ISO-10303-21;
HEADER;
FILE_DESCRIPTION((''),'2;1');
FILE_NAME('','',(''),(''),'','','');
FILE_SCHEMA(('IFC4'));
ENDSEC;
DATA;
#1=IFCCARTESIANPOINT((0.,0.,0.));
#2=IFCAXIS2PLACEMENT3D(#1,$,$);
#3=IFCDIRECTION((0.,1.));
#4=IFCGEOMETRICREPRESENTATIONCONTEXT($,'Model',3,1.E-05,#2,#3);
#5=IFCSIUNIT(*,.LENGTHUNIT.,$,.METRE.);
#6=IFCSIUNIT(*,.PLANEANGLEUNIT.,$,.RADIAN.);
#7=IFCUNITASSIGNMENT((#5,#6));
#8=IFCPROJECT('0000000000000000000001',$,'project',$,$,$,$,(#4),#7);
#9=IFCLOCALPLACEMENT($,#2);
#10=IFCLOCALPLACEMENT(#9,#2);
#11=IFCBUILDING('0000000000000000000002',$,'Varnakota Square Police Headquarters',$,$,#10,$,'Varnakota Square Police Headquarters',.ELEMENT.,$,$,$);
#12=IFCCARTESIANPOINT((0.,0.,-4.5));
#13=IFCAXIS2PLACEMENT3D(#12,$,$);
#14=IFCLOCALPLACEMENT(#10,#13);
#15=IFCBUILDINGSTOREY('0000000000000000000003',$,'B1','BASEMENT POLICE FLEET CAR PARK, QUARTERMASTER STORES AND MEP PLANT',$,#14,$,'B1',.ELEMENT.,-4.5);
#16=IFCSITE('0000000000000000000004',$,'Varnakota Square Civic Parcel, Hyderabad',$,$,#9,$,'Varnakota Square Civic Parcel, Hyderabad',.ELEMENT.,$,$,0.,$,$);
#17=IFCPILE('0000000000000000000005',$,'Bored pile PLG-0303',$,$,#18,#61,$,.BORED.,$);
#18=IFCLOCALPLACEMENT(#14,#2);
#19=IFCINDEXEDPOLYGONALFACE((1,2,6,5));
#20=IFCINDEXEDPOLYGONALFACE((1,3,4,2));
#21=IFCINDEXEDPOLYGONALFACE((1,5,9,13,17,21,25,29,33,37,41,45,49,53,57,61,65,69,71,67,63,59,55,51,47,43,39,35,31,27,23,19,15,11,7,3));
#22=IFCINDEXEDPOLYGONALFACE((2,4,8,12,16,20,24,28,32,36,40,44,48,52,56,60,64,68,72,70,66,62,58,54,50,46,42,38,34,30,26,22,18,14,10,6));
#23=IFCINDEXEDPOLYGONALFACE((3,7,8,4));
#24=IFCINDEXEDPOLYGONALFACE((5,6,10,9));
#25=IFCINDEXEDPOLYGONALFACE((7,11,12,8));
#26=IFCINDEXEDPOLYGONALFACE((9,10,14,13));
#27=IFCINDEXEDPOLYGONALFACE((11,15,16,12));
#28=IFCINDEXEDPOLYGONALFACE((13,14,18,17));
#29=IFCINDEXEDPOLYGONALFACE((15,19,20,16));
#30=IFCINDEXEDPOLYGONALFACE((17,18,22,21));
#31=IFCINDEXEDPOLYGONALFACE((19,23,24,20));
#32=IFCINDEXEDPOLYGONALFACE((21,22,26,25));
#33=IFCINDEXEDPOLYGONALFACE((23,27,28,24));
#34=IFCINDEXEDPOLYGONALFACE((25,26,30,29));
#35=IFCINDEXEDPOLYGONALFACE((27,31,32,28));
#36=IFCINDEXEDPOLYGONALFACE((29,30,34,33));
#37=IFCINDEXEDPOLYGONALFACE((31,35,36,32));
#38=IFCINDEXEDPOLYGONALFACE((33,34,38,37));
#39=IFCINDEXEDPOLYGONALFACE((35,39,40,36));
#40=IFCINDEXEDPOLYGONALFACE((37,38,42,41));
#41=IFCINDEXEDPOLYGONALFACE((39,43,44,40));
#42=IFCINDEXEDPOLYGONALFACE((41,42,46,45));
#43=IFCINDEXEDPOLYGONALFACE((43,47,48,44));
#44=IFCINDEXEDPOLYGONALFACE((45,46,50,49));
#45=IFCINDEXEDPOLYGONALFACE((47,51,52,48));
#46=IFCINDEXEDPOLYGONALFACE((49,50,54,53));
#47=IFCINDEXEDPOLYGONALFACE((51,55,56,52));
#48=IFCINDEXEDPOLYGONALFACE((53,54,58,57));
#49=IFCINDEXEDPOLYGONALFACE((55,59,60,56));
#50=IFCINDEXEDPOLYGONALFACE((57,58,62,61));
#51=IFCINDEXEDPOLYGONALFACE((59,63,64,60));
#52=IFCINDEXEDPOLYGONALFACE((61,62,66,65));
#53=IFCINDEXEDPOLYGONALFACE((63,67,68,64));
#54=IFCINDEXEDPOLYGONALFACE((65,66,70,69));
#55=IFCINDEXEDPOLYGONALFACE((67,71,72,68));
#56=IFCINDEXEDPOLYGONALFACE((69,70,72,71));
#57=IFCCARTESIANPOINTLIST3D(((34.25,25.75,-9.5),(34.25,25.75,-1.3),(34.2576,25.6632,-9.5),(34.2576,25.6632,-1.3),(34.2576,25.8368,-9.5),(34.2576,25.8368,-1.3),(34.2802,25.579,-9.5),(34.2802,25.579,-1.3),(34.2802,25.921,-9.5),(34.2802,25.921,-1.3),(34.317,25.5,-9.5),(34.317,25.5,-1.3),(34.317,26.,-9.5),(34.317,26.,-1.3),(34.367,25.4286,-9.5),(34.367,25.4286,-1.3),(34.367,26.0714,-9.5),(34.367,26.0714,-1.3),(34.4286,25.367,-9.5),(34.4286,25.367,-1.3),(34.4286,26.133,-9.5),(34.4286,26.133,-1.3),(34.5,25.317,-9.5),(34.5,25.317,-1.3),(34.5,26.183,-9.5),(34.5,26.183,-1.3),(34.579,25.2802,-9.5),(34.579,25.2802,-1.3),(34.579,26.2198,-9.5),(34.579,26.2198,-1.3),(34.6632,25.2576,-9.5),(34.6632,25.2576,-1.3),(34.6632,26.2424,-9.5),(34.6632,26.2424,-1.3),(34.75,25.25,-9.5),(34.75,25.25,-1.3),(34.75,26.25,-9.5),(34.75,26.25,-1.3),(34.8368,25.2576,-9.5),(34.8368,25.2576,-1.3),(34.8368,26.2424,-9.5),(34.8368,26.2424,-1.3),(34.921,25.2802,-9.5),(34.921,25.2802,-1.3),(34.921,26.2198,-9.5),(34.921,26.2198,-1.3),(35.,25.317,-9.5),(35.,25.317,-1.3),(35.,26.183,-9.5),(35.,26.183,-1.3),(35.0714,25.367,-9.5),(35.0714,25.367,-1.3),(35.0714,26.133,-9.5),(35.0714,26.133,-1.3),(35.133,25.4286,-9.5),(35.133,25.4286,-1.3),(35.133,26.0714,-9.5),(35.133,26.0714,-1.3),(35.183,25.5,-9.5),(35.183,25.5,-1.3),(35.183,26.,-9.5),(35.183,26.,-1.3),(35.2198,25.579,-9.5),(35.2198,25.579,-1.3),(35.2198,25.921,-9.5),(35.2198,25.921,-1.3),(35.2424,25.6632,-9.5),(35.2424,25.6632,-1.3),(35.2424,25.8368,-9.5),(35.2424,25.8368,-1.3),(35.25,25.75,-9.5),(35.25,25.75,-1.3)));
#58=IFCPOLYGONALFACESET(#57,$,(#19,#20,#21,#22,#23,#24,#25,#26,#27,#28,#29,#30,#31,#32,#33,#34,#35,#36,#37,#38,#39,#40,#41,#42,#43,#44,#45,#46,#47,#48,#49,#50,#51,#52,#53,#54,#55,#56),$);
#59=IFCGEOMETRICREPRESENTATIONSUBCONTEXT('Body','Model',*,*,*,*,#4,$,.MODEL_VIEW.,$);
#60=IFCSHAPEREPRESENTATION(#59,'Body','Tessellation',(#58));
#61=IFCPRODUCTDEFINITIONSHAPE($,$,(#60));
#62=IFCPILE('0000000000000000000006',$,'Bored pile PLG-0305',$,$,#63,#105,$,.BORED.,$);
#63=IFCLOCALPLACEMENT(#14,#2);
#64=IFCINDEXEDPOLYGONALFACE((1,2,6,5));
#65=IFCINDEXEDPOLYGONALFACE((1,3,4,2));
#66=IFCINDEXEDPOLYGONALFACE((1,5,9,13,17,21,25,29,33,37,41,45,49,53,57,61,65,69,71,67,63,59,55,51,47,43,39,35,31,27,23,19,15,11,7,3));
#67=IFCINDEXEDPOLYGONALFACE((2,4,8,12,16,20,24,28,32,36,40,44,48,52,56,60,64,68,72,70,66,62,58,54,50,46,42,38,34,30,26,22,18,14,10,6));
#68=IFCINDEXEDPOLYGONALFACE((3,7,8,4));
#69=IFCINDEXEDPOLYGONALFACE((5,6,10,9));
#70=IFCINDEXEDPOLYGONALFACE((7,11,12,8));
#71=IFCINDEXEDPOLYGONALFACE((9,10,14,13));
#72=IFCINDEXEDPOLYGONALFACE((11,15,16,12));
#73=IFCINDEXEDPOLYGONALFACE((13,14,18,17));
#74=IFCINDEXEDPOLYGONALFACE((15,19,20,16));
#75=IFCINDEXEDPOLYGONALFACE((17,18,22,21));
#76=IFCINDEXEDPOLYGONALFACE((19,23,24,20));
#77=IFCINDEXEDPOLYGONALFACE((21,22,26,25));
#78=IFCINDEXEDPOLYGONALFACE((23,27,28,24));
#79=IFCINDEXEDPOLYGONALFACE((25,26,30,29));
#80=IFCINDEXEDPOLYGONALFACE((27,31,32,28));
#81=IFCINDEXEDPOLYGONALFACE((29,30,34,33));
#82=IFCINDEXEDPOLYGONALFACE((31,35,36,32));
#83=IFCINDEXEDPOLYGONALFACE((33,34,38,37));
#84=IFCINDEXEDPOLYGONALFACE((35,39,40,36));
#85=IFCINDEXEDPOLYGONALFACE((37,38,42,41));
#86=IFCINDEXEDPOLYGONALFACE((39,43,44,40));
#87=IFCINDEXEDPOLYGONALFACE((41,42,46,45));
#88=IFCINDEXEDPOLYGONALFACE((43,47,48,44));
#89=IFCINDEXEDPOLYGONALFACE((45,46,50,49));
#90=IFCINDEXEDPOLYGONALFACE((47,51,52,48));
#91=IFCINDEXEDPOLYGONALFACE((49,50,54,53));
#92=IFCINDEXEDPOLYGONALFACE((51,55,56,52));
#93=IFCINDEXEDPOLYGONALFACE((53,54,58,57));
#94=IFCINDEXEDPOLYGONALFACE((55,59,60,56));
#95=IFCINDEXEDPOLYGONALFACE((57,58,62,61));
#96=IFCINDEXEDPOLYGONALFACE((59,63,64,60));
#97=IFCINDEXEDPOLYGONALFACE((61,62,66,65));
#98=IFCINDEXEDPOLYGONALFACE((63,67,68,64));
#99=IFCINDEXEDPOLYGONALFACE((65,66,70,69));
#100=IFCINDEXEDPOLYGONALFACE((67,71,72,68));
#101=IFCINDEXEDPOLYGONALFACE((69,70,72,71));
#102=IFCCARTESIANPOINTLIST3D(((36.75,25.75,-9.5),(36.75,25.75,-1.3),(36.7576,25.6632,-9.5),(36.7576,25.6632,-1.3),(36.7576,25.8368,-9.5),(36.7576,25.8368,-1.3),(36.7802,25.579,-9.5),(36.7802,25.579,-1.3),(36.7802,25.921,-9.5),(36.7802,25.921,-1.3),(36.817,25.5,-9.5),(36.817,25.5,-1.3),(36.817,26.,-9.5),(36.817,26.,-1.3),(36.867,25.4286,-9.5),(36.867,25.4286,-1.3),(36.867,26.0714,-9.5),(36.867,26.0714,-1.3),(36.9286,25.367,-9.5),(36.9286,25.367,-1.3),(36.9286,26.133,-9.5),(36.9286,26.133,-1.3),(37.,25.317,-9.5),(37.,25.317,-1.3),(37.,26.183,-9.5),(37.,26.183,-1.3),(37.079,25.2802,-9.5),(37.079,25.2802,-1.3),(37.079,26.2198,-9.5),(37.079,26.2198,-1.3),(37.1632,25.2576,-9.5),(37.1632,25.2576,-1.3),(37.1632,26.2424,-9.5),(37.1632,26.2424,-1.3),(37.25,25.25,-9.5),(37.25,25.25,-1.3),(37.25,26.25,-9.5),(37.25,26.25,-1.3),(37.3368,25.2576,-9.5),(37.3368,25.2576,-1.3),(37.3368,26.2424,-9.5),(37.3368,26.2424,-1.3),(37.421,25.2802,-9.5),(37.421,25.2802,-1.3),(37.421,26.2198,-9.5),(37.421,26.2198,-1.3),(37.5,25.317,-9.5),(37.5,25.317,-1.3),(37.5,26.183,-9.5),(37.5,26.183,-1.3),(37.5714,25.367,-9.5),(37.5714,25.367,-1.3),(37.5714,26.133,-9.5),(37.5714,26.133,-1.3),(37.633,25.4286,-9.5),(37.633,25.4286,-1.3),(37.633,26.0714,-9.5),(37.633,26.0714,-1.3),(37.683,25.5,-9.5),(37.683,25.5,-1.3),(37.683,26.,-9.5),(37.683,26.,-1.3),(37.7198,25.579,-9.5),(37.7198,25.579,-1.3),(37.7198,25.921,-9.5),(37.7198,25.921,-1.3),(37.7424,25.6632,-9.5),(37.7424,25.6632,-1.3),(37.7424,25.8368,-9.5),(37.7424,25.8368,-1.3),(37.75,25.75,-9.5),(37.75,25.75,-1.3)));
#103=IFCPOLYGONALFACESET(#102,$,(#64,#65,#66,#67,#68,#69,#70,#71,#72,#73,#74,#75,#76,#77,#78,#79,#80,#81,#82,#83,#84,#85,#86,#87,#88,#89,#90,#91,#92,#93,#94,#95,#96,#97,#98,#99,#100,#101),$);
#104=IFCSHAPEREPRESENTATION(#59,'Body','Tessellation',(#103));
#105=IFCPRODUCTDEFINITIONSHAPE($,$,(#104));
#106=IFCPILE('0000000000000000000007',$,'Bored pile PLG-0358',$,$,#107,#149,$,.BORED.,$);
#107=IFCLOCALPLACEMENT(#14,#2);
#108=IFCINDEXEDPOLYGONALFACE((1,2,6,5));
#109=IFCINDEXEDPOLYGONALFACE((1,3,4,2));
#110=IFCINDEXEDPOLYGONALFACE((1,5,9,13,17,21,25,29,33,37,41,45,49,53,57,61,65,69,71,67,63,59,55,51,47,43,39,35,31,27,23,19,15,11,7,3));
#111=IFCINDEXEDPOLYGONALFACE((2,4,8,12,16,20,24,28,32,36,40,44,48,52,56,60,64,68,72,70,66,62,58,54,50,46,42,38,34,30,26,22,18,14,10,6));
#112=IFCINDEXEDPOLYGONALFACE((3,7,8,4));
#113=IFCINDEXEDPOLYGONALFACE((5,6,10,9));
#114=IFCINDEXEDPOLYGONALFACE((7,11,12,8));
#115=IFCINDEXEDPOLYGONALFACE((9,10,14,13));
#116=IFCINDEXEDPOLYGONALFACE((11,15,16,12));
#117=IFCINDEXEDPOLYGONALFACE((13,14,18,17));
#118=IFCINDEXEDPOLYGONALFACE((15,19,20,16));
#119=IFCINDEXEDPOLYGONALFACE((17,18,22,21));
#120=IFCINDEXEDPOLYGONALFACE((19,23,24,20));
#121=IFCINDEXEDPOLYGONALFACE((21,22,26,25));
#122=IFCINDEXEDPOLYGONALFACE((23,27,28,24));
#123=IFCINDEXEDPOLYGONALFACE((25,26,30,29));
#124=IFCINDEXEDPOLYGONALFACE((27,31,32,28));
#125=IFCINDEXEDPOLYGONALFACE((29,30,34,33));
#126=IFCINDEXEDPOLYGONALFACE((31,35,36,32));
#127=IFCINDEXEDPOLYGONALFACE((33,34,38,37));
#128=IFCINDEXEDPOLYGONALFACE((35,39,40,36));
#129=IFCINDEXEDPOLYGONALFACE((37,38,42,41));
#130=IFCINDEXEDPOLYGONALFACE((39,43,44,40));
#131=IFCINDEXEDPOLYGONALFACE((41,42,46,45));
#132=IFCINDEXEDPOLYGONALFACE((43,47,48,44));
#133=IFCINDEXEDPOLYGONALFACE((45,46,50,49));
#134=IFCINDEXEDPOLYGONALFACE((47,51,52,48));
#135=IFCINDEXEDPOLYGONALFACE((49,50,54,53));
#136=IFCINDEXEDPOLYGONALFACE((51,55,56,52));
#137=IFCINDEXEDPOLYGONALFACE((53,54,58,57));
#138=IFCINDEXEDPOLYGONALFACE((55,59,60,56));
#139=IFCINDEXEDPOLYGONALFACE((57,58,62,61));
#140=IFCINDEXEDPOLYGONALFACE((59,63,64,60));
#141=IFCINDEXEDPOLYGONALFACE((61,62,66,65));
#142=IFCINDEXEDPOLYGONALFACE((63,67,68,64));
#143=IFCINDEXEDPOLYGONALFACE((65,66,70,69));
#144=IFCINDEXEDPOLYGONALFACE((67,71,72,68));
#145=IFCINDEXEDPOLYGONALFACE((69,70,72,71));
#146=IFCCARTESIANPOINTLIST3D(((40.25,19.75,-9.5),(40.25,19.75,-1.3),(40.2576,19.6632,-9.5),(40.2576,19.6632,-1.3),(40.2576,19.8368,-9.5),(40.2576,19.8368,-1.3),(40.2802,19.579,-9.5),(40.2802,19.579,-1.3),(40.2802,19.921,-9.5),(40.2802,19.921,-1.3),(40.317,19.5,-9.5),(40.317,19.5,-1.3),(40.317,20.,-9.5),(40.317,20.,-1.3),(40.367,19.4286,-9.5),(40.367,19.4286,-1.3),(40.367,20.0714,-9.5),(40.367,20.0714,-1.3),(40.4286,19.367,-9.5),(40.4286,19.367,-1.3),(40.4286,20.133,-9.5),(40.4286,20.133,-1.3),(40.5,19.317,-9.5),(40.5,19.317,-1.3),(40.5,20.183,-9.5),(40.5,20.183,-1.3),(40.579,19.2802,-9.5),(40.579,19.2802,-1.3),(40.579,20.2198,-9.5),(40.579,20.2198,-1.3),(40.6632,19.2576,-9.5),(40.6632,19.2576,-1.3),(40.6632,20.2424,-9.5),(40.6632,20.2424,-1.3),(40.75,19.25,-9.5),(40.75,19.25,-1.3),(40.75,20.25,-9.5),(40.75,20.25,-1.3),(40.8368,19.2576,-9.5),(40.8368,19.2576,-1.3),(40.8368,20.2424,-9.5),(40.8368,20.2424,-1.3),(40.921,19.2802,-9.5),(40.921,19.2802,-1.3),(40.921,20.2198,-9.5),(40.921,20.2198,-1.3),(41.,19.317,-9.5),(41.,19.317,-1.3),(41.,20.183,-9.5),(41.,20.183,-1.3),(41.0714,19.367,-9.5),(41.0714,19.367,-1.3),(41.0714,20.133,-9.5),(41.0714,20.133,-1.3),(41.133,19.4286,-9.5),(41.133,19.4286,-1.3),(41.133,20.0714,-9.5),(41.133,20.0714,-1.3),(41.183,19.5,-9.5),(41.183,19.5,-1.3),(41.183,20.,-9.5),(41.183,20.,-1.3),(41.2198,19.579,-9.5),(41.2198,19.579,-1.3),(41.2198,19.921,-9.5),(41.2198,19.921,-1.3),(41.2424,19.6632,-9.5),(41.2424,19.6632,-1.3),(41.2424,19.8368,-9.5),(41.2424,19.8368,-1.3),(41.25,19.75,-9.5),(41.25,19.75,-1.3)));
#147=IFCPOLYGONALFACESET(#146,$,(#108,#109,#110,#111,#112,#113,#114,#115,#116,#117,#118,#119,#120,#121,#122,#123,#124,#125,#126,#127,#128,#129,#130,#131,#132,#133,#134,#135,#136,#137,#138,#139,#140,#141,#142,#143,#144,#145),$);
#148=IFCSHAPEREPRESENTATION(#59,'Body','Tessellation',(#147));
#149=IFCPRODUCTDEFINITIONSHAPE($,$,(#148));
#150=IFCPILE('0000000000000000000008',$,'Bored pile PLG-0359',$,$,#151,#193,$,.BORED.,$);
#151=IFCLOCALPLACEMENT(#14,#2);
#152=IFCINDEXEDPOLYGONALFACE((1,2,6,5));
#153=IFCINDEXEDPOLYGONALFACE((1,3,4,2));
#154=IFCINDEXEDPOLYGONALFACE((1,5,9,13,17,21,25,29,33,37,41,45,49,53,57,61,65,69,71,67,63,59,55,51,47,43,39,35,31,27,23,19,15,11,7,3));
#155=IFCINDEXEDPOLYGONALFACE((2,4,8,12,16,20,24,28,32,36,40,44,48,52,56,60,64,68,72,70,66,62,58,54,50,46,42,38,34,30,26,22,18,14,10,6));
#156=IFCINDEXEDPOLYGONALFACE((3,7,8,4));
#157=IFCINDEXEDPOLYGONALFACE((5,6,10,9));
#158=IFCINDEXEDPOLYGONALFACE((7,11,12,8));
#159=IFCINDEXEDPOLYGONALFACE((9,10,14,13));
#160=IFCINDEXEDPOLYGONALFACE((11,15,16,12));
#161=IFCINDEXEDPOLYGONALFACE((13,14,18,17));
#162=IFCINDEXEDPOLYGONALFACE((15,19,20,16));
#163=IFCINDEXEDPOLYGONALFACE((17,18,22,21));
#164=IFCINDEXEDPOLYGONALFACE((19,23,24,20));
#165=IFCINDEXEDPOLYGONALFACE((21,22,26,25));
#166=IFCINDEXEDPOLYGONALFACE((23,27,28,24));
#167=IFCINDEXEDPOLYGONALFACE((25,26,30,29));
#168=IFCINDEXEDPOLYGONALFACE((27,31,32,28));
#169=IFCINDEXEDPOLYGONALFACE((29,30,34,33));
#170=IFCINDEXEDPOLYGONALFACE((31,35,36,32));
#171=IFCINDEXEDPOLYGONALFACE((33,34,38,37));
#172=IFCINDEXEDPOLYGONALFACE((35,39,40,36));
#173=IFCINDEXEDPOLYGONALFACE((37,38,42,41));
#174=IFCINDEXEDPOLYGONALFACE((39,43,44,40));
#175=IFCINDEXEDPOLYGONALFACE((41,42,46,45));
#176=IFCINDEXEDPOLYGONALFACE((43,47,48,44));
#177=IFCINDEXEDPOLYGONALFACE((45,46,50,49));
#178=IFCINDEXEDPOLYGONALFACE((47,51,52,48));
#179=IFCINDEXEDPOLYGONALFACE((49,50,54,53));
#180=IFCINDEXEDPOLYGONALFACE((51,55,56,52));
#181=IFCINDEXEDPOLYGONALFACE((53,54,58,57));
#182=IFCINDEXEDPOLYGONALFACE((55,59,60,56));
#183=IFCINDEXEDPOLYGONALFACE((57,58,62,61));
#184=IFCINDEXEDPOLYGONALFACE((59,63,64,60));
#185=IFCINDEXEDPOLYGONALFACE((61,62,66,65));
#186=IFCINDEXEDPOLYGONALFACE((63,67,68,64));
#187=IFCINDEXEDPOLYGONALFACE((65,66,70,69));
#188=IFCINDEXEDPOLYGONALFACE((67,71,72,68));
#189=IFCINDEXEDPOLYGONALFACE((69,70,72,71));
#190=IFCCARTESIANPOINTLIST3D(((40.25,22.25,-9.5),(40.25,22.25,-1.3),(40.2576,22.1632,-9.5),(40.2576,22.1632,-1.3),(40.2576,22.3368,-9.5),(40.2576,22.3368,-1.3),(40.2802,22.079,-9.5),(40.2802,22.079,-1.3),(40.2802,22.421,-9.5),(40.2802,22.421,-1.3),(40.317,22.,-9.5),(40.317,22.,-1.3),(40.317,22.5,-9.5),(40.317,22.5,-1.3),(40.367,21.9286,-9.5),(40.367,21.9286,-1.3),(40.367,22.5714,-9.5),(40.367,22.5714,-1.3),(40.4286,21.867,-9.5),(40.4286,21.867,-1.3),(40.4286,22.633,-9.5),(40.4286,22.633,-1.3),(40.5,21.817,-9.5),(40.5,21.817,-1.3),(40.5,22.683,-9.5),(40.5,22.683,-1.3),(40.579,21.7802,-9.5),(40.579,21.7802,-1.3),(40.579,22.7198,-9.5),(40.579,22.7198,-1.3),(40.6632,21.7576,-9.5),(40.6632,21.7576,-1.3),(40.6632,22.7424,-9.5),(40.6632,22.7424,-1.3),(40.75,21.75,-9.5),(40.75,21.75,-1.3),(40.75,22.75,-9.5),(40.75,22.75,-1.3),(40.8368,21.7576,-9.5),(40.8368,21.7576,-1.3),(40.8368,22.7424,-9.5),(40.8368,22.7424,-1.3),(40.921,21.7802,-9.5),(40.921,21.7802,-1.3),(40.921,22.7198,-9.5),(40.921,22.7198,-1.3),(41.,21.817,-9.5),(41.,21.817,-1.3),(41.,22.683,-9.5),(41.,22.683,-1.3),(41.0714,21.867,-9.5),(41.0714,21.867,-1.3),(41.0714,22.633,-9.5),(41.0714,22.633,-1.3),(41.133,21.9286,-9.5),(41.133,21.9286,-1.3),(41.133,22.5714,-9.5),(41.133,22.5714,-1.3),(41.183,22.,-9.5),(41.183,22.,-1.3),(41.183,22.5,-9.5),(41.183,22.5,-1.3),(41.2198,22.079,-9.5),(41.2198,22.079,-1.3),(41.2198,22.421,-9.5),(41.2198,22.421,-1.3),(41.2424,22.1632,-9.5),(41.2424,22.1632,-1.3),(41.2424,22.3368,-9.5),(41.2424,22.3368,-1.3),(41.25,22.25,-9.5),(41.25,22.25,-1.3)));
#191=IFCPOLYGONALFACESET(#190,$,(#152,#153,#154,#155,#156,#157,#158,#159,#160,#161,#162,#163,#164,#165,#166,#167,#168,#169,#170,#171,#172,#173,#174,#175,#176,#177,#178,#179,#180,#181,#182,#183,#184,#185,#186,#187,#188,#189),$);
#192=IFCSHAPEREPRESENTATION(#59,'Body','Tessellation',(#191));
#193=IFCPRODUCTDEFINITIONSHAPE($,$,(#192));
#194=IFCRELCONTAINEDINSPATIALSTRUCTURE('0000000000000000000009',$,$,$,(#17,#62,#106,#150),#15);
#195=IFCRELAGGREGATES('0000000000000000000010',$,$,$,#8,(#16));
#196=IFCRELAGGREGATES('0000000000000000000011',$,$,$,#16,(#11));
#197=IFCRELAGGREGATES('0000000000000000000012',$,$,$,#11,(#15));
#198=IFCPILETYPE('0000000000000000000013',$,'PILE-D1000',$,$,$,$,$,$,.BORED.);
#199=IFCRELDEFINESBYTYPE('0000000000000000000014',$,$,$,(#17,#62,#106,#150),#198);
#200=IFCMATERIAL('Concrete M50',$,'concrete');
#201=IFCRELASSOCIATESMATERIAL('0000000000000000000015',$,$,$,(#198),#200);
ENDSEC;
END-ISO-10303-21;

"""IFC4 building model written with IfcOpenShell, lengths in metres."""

from ifc_helpers import new_model, si_unit, direction, frame, origin, origin_2d, place, context, subcontext, project, spatial, circle, extrude, material, material_profile, profile_set, type_object, element, save


model = new_model("IFC4")

# Units and contexts
model_context = context("Model", 3, precision=1e-05, world=origin(), true_north=direction((0.0, 1.0)))
body_context = subcontext(model_context, "Body", "Model", "MODEL_VIEW")
ifc_project = project(units=[si_unit("LENGTHUNIT", "METRE"), si_unit("PLANEANGLEUNIT", "RADIAN")], contexts=[model_context])

# Site, building, storey
site_placement = place(None, origin())
site = spatial("IfcSite", under=ifc_project, at=site_placement, Name="Varnakota Square Civic Parcel, Hyderabad", LongName="Varnakota Square Civic Parcel, Hyderabad", CompositionType="ELEMENT", RefElevation=0.0)
building_placement = place(site_placement, origin())
building = spatial("IfcBuilding", under=site, at=building_placement, Name="Varnakota Square Police Headquarters", LongName="Varnakota Square Police Headquarters", CompositionType="ELEMENT")
storey_placement = place(building_placement, frame((0.0, 0.0, -4.5)))
storey = spatial("IfcBuildingStorey", under=building, at=storey_placement, Name="B1", Description="BASEMENT POLICE FLEET CAR PARK, QUARTERMASTER STORES AND MEP PLANT", LongName="B1", CompositionType="ELEMENT", Elevation=-4.5)

# Shared definitions
ifc_material_1 = material(Name="Concrete M50", Category="concrete")

# Piles
ifc_material_profile_1 = material_profile(ifc_material_1, circle(Radius=0.5, at=origin_2d()), Name="BORED PILE 1000")
ifc_profile_set_1 = profile_set([ifc_material_profile_1], Name="Concrete M50")
pile_type = type_object("IfcPileType", Name="PILE-D1000", PredefinedType="BORED", material=ifc_profile_set_1)
for number, where, z_axis, x_axis, name in (
    (1, (34.75, 25.75, -1.3), (0.0, 0.0, -1.0), (1.0, 0.0, 0.0), "Bored pile PLG-0303"),
    (2, (37.25, 25.75, -1.3), (0.0, 0.0, -1.0), (1.0, 0.0, 0.0), "Bored pile PLG-0305"),
    (3, (40.75, 19.75, -1.3), (0.0, 0.0, -1.0), (1.0, 0.0, 0.0), "Bored pile PLG-0358"),
    (4, (40.75, 22.25, -1.3), (0.0, 0.0, -1.0), (1.0, 0.0, 0.0), "Bored pile PLG-0359"),
):
    element("IfcPile", number, at=place(storey_placement, frame(where, z_axis=z_axis, x_axis=x_axis)), inside=storey, type_object=pile_type, Name=name, PredefinedType="BORED", context=body_context, shape_type="SweptSolid", body=[
        extrude(circle(Radius=0.5, at=origin_2d()), origin(), (0.0, 0.0, 1.0), 8.2),
    ])

save(model, "model.ifc")
